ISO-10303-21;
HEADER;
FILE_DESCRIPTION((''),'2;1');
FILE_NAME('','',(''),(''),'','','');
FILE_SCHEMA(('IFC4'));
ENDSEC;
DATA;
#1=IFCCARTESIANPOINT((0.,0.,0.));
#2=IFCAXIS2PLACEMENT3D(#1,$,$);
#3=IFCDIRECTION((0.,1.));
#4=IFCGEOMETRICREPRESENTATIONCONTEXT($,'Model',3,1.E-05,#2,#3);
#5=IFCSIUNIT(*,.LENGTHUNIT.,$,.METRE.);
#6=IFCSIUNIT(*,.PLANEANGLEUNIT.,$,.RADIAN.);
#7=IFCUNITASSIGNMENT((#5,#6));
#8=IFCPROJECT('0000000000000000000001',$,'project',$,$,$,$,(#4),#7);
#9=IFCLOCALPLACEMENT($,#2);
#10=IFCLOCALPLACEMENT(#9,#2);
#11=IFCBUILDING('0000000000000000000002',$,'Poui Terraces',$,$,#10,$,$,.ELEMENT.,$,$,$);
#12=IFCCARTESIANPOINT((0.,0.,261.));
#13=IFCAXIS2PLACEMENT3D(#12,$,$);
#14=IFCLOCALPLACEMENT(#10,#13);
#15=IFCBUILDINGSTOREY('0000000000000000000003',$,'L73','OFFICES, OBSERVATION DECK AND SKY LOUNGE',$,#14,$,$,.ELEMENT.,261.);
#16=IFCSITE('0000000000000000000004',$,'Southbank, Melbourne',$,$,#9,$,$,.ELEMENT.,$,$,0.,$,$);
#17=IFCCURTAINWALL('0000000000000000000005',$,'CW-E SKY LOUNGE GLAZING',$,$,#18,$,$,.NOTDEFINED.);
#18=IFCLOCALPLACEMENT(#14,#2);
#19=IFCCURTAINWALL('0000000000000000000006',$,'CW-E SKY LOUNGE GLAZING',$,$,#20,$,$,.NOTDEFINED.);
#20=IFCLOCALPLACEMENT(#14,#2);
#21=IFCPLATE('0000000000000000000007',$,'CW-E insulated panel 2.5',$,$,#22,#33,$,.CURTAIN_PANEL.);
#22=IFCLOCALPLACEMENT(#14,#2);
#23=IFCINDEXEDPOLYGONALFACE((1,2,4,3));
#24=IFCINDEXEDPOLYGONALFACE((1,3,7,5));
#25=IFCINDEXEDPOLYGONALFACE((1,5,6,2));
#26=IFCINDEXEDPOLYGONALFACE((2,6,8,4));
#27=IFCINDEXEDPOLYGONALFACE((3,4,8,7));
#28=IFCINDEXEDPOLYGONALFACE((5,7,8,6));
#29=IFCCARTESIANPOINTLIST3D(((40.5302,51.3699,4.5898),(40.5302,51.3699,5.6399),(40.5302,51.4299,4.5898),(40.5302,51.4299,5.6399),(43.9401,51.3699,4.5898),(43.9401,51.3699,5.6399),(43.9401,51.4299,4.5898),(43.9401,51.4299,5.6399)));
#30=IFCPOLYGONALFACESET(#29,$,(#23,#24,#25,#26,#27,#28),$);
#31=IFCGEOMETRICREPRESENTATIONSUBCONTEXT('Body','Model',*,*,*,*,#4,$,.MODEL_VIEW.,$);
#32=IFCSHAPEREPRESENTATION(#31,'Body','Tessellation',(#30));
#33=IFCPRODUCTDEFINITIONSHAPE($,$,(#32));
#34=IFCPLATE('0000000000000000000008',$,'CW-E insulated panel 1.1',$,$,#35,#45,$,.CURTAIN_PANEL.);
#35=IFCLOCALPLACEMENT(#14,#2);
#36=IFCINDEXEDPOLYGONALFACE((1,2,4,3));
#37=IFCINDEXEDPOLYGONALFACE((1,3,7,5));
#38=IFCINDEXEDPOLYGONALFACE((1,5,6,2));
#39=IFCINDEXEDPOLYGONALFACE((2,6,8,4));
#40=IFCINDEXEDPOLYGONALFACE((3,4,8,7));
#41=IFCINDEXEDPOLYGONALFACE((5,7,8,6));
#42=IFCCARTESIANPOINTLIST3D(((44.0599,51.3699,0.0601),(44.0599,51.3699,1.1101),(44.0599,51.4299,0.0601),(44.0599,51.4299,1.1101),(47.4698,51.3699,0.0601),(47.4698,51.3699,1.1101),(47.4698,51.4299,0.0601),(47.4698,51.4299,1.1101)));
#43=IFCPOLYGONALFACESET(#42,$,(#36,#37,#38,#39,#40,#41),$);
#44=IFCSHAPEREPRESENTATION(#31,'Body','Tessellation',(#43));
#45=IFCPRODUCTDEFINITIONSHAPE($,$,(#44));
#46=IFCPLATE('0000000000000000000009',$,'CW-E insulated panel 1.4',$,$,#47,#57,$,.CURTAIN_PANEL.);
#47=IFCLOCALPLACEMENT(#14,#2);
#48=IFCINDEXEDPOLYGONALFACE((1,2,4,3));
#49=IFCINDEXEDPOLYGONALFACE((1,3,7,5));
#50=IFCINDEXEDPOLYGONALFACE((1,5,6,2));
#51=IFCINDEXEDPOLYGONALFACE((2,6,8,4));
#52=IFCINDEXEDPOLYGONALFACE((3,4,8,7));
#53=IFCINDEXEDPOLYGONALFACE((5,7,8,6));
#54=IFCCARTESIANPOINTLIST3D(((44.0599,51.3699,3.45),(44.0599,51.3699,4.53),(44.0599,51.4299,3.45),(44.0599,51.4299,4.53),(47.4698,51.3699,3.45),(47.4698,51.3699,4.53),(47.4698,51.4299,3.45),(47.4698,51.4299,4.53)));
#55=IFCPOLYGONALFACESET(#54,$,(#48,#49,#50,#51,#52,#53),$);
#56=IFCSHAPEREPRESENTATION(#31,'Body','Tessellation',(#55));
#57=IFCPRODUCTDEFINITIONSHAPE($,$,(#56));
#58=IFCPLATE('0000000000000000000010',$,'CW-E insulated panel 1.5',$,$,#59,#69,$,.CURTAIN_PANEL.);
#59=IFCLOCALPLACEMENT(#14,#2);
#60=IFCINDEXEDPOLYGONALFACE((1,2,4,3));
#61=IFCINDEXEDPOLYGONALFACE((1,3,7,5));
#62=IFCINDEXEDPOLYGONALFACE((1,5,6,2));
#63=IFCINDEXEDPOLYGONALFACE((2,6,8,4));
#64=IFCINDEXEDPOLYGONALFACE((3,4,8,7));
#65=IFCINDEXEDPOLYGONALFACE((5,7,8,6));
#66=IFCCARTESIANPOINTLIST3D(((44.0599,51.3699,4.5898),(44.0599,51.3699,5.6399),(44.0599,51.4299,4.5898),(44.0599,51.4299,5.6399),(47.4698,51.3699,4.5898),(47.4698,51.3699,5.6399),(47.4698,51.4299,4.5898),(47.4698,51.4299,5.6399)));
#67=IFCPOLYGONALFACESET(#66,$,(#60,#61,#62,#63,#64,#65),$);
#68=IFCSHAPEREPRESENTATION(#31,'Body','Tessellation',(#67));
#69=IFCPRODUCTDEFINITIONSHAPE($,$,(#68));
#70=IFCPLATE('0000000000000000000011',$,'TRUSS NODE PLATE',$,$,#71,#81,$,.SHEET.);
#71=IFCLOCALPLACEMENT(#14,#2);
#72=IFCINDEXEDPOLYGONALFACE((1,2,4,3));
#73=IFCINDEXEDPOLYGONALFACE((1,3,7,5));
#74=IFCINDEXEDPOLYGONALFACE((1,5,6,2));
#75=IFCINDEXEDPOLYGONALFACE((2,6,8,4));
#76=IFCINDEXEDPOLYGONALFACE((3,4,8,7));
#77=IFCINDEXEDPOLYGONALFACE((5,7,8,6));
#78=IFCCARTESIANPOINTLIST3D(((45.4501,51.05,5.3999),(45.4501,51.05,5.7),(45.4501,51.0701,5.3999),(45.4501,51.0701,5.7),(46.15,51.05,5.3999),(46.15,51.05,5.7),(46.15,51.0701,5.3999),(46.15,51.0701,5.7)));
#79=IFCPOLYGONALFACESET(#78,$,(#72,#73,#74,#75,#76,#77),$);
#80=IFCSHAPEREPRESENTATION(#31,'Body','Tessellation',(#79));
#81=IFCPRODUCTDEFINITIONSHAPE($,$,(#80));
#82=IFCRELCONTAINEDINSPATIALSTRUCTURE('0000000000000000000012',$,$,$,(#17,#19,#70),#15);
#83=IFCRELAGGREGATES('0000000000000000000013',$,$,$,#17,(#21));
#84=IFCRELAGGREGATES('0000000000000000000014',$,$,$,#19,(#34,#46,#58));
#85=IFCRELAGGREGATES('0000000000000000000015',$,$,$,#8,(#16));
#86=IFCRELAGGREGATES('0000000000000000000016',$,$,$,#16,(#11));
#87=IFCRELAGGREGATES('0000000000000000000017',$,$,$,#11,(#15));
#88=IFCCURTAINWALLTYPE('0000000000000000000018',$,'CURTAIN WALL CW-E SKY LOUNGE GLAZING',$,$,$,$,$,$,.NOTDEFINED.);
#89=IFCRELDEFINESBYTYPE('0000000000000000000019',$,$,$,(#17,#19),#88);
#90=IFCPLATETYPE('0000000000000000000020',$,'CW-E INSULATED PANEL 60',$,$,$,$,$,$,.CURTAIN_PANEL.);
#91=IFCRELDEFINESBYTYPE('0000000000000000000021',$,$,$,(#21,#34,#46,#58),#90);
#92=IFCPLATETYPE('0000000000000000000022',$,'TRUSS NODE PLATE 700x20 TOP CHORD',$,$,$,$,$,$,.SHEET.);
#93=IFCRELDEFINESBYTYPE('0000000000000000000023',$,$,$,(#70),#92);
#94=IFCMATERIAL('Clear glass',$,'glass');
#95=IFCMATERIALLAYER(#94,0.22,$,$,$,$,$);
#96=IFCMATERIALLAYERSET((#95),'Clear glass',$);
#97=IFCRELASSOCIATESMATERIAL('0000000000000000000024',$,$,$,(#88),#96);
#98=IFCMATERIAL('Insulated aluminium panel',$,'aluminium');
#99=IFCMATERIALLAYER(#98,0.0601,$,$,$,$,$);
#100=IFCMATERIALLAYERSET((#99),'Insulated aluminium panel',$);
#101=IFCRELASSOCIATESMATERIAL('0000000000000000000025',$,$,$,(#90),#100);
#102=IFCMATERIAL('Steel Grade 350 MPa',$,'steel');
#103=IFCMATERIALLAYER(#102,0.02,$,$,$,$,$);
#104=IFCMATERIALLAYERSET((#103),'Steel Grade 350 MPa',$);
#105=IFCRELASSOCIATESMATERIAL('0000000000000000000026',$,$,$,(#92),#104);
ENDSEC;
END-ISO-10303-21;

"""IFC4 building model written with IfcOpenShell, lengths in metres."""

from ifc_helpers import new_model, si_unit, direction, frame, origin, origin_2d, place, context, subcontext, project, spatial, rectangle, extrude, source, transform, mapped, material, layer, layer_set, type_object, element, aggregate, save


model = new_model("IFC4")

# Units and contexts
model_context = context("Model", 3, precision=1e-05, world=origin(), true_north=direction((0.0, 1.0)))
body_context = subcontext(model_context, "Body", "Model", "MODEL_VIEW")
ifc_project = project(units=[si_unit("LENGTHUNIT", "METRE"), si_unit("PLANEANGLEUNIT", "RADIAN")], contexts=[model_context])

# Site, building, storey
site_placement = place(None, origin())
site = spatial("IfcSite", under=ifc_project, at=site_placement, Name="Southbank, Melbourne", CompositionType="ELEMENT", RefElevation=0.0)
building_placement = place(site_placement, origin())
building = spatial("IfcBuilding", under=site, at=building_placement, Name="Poui Terraces", CompositionType="ELEMENT")
storey_placement = place(building_placement, frame((0.0, 0.0, 261.0)))
storey = spatial("IfcBuildingStorey", under=building, at=storey_placement, Name="L73", Description="OFFICES, OBSERVATION DECK AND SKY LOUNGE", CompositionType="ELEMENT", Elevation=261.0)

# Curtain wall
ifc_material_1 = material(Name="Clear glass", Category="glass")
ifc_layer_1 = layer(ifc_material_1, 0.22)
ifc_layer_set_1 = layer_set([ifc_layer_1], Name="Clear glass")
curtain_wall_type = type_object("IfcCurtainWallType", Name="CURTAIN WALL CW-E SKY LOUNGE GLAZING", PredefinedType="NOTDEFINED", material=ifc_layer_set_1)
curtain_wall_1_placement = place(storey_placement, origin())
curtain_wall_1 = element("IfcCurtainWall", 1, at=curtain_wall_1_placement, inside=storey, type_object=curtain_wall_type, Name="CW-E SKY LOUNGE GLAZING", PredefinedType="NOTDEFINED")

# Curtain wall
curtain_wall_2_placement = place(storey_placement, origin())
curtain_wall_2 = element("IfcCurtainWall", 2, at=curtain_wall_2_placement, inside=storey, type_object=curtain_wall_type, Name="CW-E SKY LOUNGE GLAZING", PredefinedType="NOTDEFINED")

# Shared definitions
ifc_material_2 = material(Name="Steel Grade 350 MPa", Category="steel")

# Plates
ifc_material_3 = material(Name="Insulated aluminium panel", Category="aluminium")
ifc_layer_2 = layer(ifc_material_3, 0.0601)
ifc_layer_set_2 = layer_set([ifc_layer_2], Name="Insulated aluminium panel")
plate_type_1 = type_object("IfcPlateType", Name="CW-E INSULATED PANEL 60", PredefinedType="CURTAIN_PANEL", material=ifc_layer_set_2)
plate_1_placement = place(storey_placement, frame((42.2351, 51.3999, 4.5898), z_axis=(0.0, 0.0, 1.0), x_axis=(1.0, 0.0, 0.0)))
plate_1 = element("IfcPlate", 3, at=plate_1_placement, type_object=plate_type_1, Name="CW-E insulated panel 2.5", PredefinedType="CURTAIN_PANEL", context=body_context, shape_type="SweptSolid", body=[
    extrude(rectangle(XDim=3.4099, YDim=0.0601, at=origin_2d()), origin(), (0.0, 0.0, 1.0), 1.05),
])
aggregate(curtain_wall_1, [plate_1])
plate_2_placement = place(storey_placement, frame((45.7649, 51.3999, 0.0601), z_axis=(0.0, 0.0, 1.0), x_axis=(1.0, 0.0, 0.0)))
plate_2 = element("IfcPlate", 4, at=plate_2_placement, type_object=plate_type_1, Name="CW-E insulated panel 1.1", PredefinedType="CURTAIN_PANEL", context=body_context, shape_type="SweptSolid", body=[
    extrude(rectangle(XDim=3.4099, YDim=0.0601, at=origin_2d()), origin(), (0.0, 0.0, 1.0), 1.05),
])
plate_3_placement = place(storey_placement, frame((45.7649, 51.3999, 3.45), z_axis=(0.0, 0.0, 1.0), x_axis=(1.0, 0.0, 0.0)))
plate_3 = element("IfcPlate", 5, at=plate_3_placement, type_object=plate_type_1, Name="CW-E insulated panel 1.4", PredefinedType="CURTAIN_PANEL", context=body_context, shape_type="SweptSolid", body=[
    extrude(rectangle(XDim=3.4099, YDim=0.0601, at=origin_2d()), origin(), (0.0, 0.0, 1.0), 1.0801),
])
plate_4_placement = place(storey_placement, frame((45.7649, 51.3999, 4.5898), z_axis=(0.0, 0.0, 1.0), x_axis=(1.0, 0.0, 0.0)))
plate_4 = element("IfcPlate", 6, at=plate_4_placement, type_object=plate_type_1, Name="CW-E insulated panel 1.5", PredefinedType="CURTAIN_PANEL", context=body_context, shape_type="SweptSolid", body=[
    extrude(rectangle(XDim=3.4099, YDim=0.0601, at=origin_2d()), origin(), (0.0, 0.0, 1.0), 1.05),
])
aggregate(curtain_wall_2, [plate_2, plate_3, plate_4])
ifc_layer_3 = layer(ifc_material_2, 0.02)
ifc_layer_set_3 = layer_set([ifc_layer_3], Name="Steel Grade 350 MPa")
plate_type_2 = type_object("IfcPlateType", Name="TRUSS NODE PLATE 700x20 TOP CHORD", PredefinedType="SHEET", material=ifc_layer_set_3)
shared_shape = source(origin(), body_context, "Body", "SweptSolid", [
    extrude(rectangle(XDim=0.7, YDim=0.02, at=origin_2d()), origin(), (0.0, 0.0, 1.0), 0.3),
])
plate_5_placement = place(storey_placement, frame((45.8, 51.0601, 5.3999), z_axis=(0.0, 0.0, 1.0), x_axis=(1.0, 0.0, 0.0)))
element("IfcPlate", 7, at=plate_5_placement, inside=storey, type_object=plate_type_2, Name="TRUSS NODE PLATE", PredefinedType="SHEET", context=body_context, shape_type="MappedRepresentation", body=[
    mapped(shared_shape, transform((0.0, 0.0, 0.0))),
])

save(model, "model.ifc")
